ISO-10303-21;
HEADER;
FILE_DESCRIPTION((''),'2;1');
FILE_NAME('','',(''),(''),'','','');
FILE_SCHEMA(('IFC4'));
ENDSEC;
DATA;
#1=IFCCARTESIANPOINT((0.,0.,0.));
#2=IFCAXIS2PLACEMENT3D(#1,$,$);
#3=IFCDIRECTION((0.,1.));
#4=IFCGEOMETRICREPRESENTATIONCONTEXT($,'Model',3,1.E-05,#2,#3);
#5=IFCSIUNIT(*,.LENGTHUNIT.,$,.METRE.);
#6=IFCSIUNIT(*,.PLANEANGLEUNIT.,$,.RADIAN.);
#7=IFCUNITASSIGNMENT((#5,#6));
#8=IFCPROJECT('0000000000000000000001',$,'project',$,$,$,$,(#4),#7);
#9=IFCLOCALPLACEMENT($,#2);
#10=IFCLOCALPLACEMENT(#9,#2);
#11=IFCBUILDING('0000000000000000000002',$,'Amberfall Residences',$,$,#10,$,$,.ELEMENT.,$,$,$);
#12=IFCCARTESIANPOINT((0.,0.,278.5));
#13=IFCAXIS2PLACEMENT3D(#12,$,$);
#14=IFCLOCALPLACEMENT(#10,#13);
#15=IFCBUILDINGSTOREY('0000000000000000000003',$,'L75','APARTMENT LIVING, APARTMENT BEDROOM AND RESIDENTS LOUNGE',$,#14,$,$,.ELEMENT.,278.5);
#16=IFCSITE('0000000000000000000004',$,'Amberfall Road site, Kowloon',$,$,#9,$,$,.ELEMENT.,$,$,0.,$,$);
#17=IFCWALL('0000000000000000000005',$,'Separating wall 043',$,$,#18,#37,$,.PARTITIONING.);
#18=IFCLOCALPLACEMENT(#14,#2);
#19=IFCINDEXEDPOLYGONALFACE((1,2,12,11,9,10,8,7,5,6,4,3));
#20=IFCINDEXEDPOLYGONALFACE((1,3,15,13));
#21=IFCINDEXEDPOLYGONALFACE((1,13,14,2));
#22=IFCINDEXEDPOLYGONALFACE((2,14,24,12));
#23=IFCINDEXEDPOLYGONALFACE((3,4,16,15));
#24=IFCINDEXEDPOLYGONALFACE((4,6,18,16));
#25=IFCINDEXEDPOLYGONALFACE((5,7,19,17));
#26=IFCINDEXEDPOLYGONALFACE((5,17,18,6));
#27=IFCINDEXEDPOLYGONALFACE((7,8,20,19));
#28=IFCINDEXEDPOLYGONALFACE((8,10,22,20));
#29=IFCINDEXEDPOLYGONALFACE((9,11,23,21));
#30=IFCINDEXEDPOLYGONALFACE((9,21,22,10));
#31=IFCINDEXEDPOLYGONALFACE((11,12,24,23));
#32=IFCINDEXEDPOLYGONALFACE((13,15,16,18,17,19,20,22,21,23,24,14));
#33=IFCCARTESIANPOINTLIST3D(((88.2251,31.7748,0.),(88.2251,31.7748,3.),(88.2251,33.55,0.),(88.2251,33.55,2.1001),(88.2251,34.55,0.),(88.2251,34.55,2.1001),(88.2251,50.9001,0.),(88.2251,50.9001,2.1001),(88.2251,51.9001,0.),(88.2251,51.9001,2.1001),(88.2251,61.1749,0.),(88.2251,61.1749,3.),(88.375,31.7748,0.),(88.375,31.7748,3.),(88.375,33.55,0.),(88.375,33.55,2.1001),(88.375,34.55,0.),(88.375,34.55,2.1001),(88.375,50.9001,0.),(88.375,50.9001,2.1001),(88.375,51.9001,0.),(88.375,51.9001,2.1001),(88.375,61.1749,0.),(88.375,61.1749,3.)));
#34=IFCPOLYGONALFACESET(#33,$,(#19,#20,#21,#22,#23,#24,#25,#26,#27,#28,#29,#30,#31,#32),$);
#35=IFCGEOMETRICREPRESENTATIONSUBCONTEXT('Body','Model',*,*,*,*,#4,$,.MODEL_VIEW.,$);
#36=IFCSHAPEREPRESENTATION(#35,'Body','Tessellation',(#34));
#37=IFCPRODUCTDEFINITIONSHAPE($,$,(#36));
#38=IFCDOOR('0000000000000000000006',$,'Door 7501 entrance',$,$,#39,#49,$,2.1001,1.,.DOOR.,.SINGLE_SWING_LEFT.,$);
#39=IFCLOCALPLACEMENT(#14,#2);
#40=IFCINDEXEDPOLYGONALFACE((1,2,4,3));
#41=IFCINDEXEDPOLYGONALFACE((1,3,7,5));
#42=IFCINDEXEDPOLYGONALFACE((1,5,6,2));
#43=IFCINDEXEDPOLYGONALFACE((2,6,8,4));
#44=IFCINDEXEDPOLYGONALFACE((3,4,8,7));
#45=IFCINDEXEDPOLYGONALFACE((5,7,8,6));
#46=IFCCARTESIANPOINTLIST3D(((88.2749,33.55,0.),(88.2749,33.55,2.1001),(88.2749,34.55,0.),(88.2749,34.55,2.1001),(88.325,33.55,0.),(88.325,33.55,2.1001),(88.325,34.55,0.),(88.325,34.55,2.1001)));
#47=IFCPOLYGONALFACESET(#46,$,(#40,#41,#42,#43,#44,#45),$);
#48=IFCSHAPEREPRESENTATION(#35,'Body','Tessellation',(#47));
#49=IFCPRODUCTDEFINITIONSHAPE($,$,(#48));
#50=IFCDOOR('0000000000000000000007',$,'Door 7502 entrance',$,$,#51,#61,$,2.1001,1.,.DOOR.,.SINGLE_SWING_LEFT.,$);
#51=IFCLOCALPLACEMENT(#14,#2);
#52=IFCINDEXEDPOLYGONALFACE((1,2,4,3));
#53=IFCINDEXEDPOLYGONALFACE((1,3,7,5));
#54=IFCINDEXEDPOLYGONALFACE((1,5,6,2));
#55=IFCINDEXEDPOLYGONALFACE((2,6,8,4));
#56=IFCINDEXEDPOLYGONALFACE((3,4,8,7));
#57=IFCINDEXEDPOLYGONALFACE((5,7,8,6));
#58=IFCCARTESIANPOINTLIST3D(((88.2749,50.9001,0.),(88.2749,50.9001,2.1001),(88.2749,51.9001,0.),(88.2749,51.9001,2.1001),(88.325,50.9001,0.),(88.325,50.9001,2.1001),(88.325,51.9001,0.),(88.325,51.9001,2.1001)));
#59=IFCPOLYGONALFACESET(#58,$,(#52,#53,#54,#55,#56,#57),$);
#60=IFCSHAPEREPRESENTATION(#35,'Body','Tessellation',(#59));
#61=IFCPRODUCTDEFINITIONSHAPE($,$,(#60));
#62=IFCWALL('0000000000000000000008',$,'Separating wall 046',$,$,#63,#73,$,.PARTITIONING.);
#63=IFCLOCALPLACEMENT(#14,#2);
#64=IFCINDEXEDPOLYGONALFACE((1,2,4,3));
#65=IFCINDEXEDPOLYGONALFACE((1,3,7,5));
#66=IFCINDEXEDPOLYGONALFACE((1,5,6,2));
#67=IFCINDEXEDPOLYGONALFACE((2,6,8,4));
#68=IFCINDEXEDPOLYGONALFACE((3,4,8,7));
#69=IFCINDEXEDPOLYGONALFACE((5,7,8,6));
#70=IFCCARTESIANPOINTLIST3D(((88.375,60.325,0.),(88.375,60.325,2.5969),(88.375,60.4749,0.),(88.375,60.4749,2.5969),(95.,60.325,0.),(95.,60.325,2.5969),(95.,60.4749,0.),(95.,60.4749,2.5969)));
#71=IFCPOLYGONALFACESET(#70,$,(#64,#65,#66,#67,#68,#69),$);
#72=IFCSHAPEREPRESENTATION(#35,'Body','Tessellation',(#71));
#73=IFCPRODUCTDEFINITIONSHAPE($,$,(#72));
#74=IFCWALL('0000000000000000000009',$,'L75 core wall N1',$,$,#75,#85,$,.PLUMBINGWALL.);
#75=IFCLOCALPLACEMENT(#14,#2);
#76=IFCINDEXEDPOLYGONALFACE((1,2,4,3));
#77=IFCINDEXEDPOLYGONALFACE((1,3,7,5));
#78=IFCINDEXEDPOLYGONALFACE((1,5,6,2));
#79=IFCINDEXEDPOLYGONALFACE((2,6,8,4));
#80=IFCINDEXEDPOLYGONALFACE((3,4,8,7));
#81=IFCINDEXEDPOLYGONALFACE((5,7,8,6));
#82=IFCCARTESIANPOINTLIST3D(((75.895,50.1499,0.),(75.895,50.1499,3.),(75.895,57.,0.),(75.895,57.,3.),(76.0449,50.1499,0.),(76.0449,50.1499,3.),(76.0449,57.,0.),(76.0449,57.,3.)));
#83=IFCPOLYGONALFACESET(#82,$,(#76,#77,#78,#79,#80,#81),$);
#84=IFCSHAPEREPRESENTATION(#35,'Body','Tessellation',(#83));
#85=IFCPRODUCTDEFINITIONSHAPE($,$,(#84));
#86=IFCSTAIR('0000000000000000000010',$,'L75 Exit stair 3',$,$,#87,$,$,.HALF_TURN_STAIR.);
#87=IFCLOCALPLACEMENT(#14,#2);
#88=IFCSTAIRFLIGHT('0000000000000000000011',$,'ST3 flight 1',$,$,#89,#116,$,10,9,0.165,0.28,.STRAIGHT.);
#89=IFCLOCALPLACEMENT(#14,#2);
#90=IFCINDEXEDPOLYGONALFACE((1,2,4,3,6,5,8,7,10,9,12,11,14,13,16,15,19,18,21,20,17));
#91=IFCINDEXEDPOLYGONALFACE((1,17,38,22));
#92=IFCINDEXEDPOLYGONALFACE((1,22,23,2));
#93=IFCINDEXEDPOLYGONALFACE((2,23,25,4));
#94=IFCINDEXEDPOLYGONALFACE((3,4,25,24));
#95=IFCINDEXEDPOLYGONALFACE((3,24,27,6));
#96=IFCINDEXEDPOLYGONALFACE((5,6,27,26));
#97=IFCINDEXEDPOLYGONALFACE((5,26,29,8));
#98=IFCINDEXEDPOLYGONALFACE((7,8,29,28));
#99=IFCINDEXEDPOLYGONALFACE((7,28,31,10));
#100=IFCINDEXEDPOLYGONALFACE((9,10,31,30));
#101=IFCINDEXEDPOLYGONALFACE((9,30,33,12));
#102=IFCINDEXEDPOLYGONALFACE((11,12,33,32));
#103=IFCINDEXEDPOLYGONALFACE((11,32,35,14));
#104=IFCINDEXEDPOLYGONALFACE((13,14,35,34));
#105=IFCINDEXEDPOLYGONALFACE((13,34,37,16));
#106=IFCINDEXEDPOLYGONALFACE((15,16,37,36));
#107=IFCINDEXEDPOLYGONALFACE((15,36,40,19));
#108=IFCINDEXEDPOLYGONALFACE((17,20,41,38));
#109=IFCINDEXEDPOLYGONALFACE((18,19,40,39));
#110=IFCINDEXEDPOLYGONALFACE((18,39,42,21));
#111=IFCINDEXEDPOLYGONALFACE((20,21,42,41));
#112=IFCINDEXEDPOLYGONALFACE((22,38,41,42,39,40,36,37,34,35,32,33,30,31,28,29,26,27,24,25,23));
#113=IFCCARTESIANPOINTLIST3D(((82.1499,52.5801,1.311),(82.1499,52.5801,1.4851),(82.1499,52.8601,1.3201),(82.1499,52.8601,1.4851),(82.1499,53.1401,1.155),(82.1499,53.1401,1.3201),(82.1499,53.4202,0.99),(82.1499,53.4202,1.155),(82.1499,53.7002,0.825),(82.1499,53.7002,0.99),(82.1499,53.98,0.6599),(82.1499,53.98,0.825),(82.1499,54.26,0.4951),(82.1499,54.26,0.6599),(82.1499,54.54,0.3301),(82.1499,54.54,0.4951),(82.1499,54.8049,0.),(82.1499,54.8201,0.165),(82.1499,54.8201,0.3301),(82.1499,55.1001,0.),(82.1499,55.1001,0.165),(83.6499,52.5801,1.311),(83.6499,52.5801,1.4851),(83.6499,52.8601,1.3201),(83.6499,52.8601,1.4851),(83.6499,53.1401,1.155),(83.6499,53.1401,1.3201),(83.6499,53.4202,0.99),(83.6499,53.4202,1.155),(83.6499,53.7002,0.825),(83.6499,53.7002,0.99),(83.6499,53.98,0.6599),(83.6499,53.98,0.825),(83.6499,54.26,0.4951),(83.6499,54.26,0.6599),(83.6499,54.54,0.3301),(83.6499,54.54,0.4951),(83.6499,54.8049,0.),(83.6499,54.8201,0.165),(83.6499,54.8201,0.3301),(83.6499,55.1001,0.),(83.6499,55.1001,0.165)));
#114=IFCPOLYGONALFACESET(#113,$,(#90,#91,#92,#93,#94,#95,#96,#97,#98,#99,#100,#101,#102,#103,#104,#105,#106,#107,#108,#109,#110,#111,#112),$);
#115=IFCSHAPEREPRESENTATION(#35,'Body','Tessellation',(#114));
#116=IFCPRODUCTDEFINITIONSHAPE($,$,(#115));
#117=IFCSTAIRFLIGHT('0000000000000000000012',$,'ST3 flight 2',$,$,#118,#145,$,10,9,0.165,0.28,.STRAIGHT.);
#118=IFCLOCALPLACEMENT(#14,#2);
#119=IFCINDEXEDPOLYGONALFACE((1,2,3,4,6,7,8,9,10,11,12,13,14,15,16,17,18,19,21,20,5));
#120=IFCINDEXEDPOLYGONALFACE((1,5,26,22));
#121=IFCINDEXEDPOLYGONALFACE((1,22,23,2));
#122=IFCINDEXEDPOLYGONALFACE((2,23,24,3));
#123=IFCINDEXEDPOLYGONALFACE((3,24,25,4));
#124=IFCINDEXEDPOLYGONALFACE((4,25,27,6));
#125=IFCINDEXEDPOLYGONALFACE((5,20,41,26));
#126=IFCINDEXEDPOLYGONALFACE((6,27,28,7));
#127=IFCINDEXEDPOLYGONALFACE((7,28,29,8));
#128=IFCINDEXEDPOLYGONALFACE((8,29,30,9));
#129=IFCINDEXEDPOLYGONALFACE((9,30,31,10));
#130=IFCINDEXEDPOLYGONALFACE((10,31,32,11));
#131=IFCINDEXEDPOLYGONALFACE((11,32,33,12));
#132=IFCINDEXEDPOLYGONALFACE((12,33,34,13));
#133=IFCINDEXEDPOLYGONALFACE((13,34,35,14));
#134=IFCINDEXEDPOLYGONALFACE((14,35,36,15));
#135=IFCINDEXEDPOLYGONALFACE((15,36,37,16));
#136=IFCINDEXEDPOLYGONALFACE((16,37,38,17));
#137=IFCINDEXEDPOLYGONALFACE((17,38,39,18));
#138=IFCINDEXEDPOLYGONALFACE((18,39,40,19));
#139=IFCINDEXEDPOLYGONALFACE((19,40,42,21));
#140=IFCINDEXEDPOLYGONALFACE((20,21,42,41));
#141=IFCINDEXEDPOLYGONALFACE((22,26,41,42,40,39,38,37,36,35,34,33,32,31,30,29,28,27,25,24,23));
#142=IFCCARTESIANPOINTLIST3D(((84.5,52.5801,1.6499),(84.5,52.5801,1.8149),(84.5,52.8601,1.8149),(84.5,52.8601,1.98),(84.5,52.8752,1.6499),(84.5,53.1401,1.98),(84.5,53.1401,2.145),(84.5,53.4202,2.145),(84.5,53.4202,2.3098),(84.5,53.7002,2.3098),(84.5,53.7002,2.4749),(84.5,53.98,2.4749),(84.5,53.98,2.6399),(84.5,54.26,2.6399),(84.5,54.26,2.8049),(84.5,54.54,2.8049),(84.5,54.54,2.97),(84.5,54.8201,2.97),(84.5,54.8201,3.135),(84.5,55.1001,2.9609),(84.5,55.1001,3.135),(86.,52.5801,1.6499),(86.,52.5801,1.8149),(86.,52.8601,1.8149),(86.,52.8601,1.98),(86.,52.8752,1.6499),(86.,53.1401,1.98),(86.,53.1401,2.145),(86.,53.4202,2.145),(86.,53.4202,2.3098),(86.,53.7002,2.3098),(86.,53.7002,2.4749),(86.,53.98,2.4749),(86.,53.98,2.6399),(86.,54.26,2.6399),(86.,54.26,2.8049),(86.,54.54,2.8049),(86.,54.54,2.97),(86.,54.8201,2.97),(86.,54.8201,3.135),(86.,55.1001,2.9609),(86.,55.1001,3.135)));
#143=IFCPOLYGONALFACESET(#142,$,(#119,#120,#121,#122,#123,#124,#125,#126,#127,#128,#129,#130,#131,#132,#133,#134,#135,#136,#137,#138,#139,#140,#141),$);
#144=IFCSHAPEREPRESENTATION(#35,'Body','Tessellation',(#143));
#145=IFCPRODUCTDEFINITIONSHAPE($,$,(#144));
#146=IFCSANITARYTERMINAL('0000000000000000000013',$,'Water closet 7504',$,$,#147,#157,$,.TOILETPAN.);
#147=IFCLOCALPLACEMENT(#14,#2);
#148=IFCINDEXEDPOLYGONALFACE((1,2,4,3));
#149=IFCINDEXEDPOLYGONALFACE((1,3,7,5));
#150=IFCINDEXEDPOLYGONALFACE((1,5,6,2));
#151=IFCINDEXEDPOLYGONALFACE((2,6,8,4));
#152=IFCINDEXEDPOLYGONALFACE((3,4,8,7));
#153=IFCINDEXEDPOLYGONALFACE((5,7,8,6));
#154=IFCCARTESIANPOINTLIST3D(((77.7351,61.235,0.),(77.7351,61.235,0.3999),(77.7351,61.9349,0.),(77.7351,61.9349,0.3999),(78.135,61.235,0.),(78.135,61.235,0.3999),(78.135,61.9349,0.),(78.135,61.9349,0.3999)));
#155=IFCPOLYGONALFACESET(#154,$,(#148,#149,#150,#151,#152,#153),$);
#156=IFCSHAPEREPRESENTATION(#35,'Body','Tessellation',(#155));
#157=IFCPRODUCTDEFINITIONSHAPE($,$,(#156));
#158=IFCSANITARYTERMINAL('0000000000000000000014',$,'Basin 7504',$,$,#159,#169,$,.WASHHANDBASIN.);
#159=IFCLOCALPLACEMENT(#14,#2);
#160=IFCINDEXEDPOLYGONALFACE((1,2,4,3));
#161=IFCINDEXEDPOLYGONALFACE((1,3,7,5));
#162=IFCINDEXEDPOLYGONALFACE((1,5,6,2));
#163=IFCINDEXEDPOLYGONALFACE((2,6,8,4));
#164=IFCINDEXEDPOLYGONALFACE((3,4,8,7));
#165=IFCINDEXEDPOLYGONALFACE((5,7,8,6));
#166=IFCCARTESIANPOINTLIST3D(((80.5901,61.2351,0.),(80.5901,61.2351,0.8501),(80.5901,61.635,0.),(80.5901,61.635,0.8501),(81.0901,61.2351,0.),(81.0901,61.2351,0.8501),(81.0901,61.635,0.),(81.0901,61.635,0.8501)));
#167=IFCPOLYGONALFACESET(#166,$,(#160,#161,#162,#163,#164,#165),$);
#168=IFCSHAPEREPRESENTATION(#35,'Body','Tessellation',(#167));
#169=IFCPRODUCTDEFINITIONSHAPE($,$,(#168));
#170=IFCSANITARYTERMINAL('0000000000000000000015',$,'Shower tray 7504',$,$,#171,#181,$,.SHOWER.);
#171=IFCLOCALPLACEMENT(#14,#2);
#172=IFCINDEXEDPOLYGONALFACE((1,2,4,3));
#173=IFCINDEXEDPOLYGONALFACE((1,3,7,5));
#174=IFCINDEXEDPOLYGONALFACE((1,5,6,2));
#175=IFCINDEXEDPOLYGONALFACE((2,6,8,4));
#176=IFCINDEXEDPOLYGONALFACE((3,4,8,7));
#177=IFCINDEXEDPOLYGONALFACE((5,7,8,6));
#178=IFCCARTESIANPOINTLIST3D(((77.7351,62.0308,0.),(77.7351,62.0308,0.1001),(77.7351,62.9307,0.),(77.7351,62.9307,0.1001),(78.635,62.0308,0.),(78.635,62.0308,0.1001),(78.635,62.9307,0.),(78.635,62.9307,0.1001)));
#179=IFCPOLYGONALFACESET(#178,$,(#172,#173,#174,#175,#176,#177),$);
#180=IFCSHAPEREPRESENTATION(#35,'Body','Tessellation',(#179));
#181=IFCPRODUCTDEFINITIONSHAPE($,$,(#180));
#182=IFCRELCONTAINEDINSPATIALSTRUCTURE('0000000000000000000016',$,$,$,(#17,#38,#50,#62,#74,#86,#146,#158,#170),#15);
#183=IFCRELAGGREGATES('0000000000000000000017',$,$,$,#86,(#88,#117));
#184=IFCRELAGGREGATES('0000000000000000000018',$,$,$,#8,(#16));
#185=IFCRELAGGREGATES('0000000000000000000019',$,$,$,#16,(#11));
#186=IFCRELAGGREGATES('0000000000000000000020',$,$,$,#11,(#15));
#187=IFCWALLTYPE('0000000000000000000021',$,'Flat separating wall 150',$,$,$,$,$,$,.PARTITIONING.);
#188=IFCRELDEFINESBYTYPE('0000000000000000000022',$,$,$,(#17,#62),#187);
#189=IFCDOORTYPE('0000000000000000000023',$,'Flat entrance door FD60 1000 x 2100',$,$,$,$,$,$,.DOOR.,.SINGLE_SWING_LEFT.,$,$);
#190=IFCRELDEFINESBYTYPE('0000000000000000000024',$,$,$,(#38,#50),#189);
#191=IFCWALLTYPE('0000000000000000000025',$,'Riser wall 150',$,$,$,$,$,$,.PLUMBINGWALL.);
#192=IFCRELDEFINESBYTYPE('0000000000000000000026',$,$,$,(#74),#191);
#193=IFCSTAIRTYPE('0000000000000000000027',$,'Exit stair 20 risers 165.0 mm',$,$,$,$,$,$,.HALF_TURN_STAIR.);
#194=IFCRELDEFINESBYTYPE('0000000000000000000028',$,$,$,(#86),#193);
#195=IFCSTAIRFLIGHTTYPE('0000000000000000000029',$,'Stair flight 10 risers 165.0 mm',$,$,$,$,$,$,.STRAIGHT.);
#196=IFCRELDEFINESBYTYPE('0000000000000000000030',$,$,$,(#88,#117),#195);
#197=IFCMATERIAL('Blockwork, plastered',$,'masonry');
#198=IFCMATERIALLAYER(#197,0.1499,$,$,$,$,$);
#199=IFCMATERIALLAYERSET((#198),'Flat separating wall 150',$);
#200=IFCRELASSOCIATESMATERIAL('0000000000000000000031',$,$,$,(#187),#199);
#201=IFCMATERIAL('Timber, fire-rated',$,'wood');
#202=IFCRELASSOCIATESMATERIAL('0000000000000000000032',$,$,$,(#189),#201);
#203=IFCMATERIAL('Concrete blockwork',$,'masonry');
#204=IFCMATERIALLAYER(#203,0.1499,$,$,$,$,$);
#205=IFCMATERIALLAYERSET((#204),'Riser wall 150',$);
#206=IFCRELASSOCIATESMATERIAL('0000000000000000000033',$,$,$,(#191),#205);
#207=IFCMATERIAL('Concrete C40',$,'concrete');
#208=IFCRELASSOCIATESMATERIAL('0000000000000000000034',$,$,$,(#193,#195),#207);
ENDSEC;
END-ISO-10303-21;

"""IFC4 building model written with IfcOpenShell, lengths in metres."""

from ifc_helpers import new_model, si_unit, direction, frame, frame_2d, origin, origin_2d, place, context, subcontext, project, spatial, polyline, rectangle, outline, extrude, material, layer, layer_set, type_object, element, fill, aggregate, save


model = new_model("IFC4")

# Units and contexts
model_context = context("Model", 3, precision=1e-05, world=origin(), true_north=direction((0.0, 1.0)))
body_context = subcontext(model_context, "Body", "Model", "MODEL_VIEW")
ifc_project = project(units=[si_unit("LENGTHUNIT", "METRE"), si_unit("PLANEANGLEUNIT", "RADIAN")], contexts=[model_context])

# Site, building, storey
site_placement = place(None, origin())
site = spatial("IfcSite", under=ifc_project, at=site_placement, Name="Amberfall Road site, Kowloon", CompositionType="ELEMENT", RefElevation=0.0)
building_placement = place(site_placement, origin())
building = spatial("IfcBuilding", under=site, at=building_placement, Name="Amberfall Residences", CompositionType="ELEMENT")
storey_placement = place(building_placement, frame((0.0, 0.0, 278.5)))
storey = spatial("IfcBuildingStorey", under=building, at=storey_placement, Name="L75", Description="APARTMENT LIVING, APARTMENT BEDROOM AND RESIDENTS LOUNGE", CompositionType="ELEMENT", Elevation=278.5)

# Shared definitions
ifc_material_1 = material(Name="Blockwork, plastered", Category="masonry")
ifc_layer_1 = layer(ifc_material_1, 0.1499)
ifc_layer_set_1 = layer_set([ifc_layer_1], Name="Flat separating wall 150")
wall_type_1 = type_object("IfcWallType", Name="Flat separating wall 150", PredefinedType="PARTITIONING", material=ifc_layer_set_1)

# Wall, openings, doors
wall_1_placement = place(storey_placement, frame((88.3, 61.175, 0.0), z_axis=(0.0, 0.0, 1.0), x_axis=(0.0, -1.0, 0.0)))
wall_1 = element("IfcWall", 1, at=wall_1_placement, inside=storey, type_object=wall_type_1, Name="Separating wall 043", PredefinedType="PARTITIONING", context=body_context, shape_type="SweptSolid", body=[
    extrude(rectangle(XDim=29.4001, YDim=0.1499, at=frame_2d((14.7002, 0.0))), origin(), (0.0, 0.0, 1.0), 3.0),
])
opening_1_placement = place(wall_1_placement, frame((26.625, 0.0, 0.0)))
opening_1 = element("IfcOpeningElement", 2, at=opening_1_placement, cuts=wall_1, PredefinedType="OPENING", context=body_context, shape_type="SweptSolid", body=[
    extrude(rectangle(XDim=1.0, YDim=2.1001, at=frame_2d((0.5, 1.05))), frame((0.0, 0.085, 0.0), z_axis=(0.0, -1.0, 0.0), x_axis=(1.0, 0.0, 0.0)), (0.0, 0.0, 1.0), 0.1699),
])
opening_2_placement = place(wall_1_placement, frame((9.2749, 0.0, 0.0)))
opening_2 = element("IfcOpeningElement", 3, at=opening_2_placement, cuts=wall_1, PredefinedType="OPENING", context=body_context, shape_type="SweptSolid", body=[
    extrude(rectangle(XDim=1.0, YDim=2.1001, at=frame_2d((0.5, 1.05))), frame((0.0, 0.085, 0.0), z_axis=(0.0, -1.0, 0.0), x_axis=(1.0, 0.0, 0.0)), (0.0, 0.0, 1.0), 0.1699),
])
ifc_material_2 = material(Name="Timber, fire-rated", Category="wood")
door_type_1 = type_object("IfcDoorType", Name="Flat entrance door FD60 1000 x 2100", OperationType="SINGLE_SWING_LEFT", PredefinedType="DOOR", material=ifc_material_2)
door_1_placement = place(opening_1_placement, origin())
door_1 = element("IfcDoor", 4, at=door_1_placement, inside=storey, type_object=door_type_1, Name="Door 7501 entrance", OperationType="SINGLE_SWING_LEFT", OverallHeight=2.1001, OverallWidth=1.0, PredefinedType="DOOR", context=body_context, shape_type="SweptSolid", body=[
    extrude(rectangle(XDim=1.0, YDim=2.1001, at=frame_2d((0.5, 1.05))), frame((0.0, 0.0249, 0.0), z_axis=(0.0, -1.0, 0.0), x_axis=(1.0, 0.0, 0.0)), (0.0, 0.0, 1.0), 0.05),
])
fill(opening_1, door_1)
door_2_placement = place(opening_2_placement, origin())
door_2 = element("IfcDoor", 5, at=door_2_placement, inside=storey, type_object=door_type_1, Name="Door 7502 entrance", OperationType="SINGLE_SWING_LEFT", OverallHeight=2.1001, OverallWidth=1.0, PredefinedType="DOOR", context=body_context, shape_type="SweptSolid", body=[
    extrude(rectangle(XDim=1.0, YDim=2.1001, at=frame_2d((0.5, 1.05))), frame((0.0, 0.0249, 0.0), z_axis=(0.0, -1.0, 0.0), x_axis=(1.0, 0.0, 0.0)), (0.0, 0.0, 1.0), 0.05),
])
fill(opening_2, door_2)

# Walls
wall_2_placement = place(storey_placement, frame((88.375, 60.3999, 0.0), z_axis=(0.0, 0.0, 1.0), x_axis=(1.0, 0.0, 0.0)))
element("IfcWall", 6, at=wall_2_placement, inside=storey, type_object=wall_type_1, Name="Separating wall 046", PredefinedType="PARTITIONING", context=body_context, shape_type="SweptSolid", body=[
    extrude(rectangle(XDim=6.625, YDim=0.1499, at=frame_2d((3.3125, 0.0))), origin(), (0.0, 0.0, 1.0), 2.5969),
])
ifc_material_3 = material(Name="Concrete blockwork", Category="masonry")
ifc_layer_2 = layer(ifc_material_3, 0.1499)
ifc_layer_set_2 = layer_set([ifc_layer_2], Name="Riser wall 150")
wall_type_2 = type_object("IfcWallType", Name="Riser wall 150", PredefinedType="PLUMBINGWALL", material=ifc_layer_set_2)
wall_3_placement = place(storey_placement, frame((75.97, 50.1499, 0.0), z_axis=(0.0, 0.0, 1.0), x_axis=(0.0, 1.0, 0.0)))
element("IfcWall", 7, at=wall_3_placement, inside=storey, type_object=wall_type_2, Name="L75 core wall N1", PredefinedType="PLUMBINGWALL", context=body_context, shape_type="SweptSolid", body=[
    extrude(rectangle(XDim=6.8501, YDim=0.1499, at=frame_2d((3.425, 0.0))), origin(), (0.0, 0.0, 1.0), 3.0),
])

# Stair, stair flights
ifc_material_4 = material(Name="Concrete C40", Category="concrete")
stair_type = type_object("IfcStairType", Name="Exit stair 20 risers 165.0 mm", PredefinedType="HALF_TURN_STAIR", material=ifc_material_4)
stair_placement = place(storey_placement, origin())
stair = element("IfcStair", 8, at=stair_placement, inside=storey, type_object=stair_type, Name="L75 Exit stair 3", PredefinedType="HALF_TURN_STAIR")
stair_flight_type = type_object("IfcStairFlightType", Name="Stair flight 10 risers 165.0 mm", PredefinedType="STRAIGHT", material=ifc_material_4)
stair_flight_1_placement = place(storey_placement, frame((82.8999, 55.1001, 0.0), z_axis=(0.0, 0.0, 1.0), x_axis=(0.0, -1.0, 0.0)))
stair_flight_1 = element("IfcStairFlight", 9, at=stair_flight_1_placement, type_object=stair_flight_type, Name="ST3 flight 1", NumberOfRisers=10, NumberOfTreads=9, PredefinedType="STRAIGHT", RiserHeight=0.165, TreadLength=0.28, context=body_context, shape_type="SweptSolid", body=[
    extrude(outline(polyline([(0.0, 0.0), (0.0, 0.165), (0.28, 0.165), (0.28, 0.3301), (0.5601, 0.3301), (0.5601, 0.4951), (0.8401, 0.4951), (0.8401, 0.6599), (1.1201, 0.6599), (1.1201, 0.825), (1.3999, 0.825), (1.3999, 0.99), (1.6799, 0.99), (1.6799, 1.155), (1.96, 1.155), (1.96, 1.3201), (2.24, 1.3201), (2.24, 1.4851), (2.52, 1.4851), (2.52, 1.6499), (2.52, 1.311), (0.2952, 0.0), (0.0, 0.0)])), frame((0.0, 0.75, 0.0), z_axis=(0.0, -1.0, 0.0), x_axis=(1.0, 0.0, 0.0)), (0.0, 0.0, 1.0), 1.5),
])
stair_flight_2_placement = place(storey_placement, frame((85.25, 52.5801, 1.6499), z_axis=(0.0, 0.0, 1.0), x_axis=(0.0, 1.0, 0.0)))
stair_flight_2 = element("IfcStairFlight", 10, at=stair_flight_2_placement, type_object=stair_flight_type, Name="ST3 flight 2", NumberOfRisers=10, NumberOfTreads=9, PredefinedType="STRAIGHT", RiserHeight=0.165, TreadLength=0.28, context=body_context, shape_type="SweptSolid", body=[
    extrude(outline(polyline([(0.0, 0.0), (0.0, 0.165), (0.28, 0.165), (0.28, 0.3301), (0.5601, 0.3301), (0.5601, 0.4951), (0.8401, 0.4951), (0.8401, 0.6599), (1.1201, 0.6599), (1.1201, 0.825), (1.3999, 0.825), (1.3999, 0.99), (1.6799, 0.99), (1.6799, 1.155), (1.96, 1.155), (1.96, 1.3201), (2.24, 1.3201), (2.24, 1.4851), (2.52, 1.4851), (2.52, 1.6499), (2.52, 1.311), (0.2952, 0.0), (0.0, 0.0)])), frame((0.0, 0.75, 0.0), z_axis=(0.0, -1.0, 0.0), x_axis=(1.0, 0.0, 0.0)), (0.0, 0.0, 1.0), 1.5),
])
aggregate(stair, [stair_flight_1, stair_flight_2])

# Sanitary terminals
sanitary_terminal_1_placement = place(storey_placement, frame((77.9351, 61.585, 0.0), z_axis=(0.0, 0.0, 1.0), x_axis=(1.0, 0.0, 0.0)))
element("IfcSanitaryTerminal", 11, at=sanitary_terminal_1_placement, inside=storey, Name="Water closet 7504", PredefinedType="TOILETPAN", context=body_context, shape_type="SweptSolid", body=[
    extrude(rectangle(XDim=0.3999, YDim=0.7, at=origin_2d()), origin(), (0.0, 0.0, 1.0), 0.3999),
])
sanitary_terminal_2_placement = place(storey_placement, frame((80.8401, 61.4351, 0.0), z_axis=(0.0, 0.0, 1.0), x_axis=(1.0, 0.0, 0.0)))
element("IfcSanitaryTerminal", 12, at=sanitary_terminal_2_placement, inside=storey, Name="Basin 7504", PredefinedType="WASHHANDBASIN", context=body_context, shape_type="SweptSolid", body=[
    extrude(rectangle(XDim=0.5, YDim=0.3999, at=origin_2d()), origin(), (0.0, 0.0, 1.0), 0.8501),
])
sanitary_terminal_3_placement = place(storey_placement, frame((78.1851, 62.4807, 0.0), z_axis=(0.0, 0.0, 1.0), x_axis=(1.0, 0.0, 0.0)))
element("IfcSanitaryTerminal", 13, at=sanitary_terminal_3_placement, inside=storey, Name="Shower tray 7504", PredefinedType="SHOWER", context=body_context, shape_type="SweptSolid", body=[
    extrude(rectangle(XDim=0.8999, YDim=0.8999, at=origin_2d()), origin(), (0.0, 0.0, 1.0), 0.1001),
])

save(model, "model.ifc")
